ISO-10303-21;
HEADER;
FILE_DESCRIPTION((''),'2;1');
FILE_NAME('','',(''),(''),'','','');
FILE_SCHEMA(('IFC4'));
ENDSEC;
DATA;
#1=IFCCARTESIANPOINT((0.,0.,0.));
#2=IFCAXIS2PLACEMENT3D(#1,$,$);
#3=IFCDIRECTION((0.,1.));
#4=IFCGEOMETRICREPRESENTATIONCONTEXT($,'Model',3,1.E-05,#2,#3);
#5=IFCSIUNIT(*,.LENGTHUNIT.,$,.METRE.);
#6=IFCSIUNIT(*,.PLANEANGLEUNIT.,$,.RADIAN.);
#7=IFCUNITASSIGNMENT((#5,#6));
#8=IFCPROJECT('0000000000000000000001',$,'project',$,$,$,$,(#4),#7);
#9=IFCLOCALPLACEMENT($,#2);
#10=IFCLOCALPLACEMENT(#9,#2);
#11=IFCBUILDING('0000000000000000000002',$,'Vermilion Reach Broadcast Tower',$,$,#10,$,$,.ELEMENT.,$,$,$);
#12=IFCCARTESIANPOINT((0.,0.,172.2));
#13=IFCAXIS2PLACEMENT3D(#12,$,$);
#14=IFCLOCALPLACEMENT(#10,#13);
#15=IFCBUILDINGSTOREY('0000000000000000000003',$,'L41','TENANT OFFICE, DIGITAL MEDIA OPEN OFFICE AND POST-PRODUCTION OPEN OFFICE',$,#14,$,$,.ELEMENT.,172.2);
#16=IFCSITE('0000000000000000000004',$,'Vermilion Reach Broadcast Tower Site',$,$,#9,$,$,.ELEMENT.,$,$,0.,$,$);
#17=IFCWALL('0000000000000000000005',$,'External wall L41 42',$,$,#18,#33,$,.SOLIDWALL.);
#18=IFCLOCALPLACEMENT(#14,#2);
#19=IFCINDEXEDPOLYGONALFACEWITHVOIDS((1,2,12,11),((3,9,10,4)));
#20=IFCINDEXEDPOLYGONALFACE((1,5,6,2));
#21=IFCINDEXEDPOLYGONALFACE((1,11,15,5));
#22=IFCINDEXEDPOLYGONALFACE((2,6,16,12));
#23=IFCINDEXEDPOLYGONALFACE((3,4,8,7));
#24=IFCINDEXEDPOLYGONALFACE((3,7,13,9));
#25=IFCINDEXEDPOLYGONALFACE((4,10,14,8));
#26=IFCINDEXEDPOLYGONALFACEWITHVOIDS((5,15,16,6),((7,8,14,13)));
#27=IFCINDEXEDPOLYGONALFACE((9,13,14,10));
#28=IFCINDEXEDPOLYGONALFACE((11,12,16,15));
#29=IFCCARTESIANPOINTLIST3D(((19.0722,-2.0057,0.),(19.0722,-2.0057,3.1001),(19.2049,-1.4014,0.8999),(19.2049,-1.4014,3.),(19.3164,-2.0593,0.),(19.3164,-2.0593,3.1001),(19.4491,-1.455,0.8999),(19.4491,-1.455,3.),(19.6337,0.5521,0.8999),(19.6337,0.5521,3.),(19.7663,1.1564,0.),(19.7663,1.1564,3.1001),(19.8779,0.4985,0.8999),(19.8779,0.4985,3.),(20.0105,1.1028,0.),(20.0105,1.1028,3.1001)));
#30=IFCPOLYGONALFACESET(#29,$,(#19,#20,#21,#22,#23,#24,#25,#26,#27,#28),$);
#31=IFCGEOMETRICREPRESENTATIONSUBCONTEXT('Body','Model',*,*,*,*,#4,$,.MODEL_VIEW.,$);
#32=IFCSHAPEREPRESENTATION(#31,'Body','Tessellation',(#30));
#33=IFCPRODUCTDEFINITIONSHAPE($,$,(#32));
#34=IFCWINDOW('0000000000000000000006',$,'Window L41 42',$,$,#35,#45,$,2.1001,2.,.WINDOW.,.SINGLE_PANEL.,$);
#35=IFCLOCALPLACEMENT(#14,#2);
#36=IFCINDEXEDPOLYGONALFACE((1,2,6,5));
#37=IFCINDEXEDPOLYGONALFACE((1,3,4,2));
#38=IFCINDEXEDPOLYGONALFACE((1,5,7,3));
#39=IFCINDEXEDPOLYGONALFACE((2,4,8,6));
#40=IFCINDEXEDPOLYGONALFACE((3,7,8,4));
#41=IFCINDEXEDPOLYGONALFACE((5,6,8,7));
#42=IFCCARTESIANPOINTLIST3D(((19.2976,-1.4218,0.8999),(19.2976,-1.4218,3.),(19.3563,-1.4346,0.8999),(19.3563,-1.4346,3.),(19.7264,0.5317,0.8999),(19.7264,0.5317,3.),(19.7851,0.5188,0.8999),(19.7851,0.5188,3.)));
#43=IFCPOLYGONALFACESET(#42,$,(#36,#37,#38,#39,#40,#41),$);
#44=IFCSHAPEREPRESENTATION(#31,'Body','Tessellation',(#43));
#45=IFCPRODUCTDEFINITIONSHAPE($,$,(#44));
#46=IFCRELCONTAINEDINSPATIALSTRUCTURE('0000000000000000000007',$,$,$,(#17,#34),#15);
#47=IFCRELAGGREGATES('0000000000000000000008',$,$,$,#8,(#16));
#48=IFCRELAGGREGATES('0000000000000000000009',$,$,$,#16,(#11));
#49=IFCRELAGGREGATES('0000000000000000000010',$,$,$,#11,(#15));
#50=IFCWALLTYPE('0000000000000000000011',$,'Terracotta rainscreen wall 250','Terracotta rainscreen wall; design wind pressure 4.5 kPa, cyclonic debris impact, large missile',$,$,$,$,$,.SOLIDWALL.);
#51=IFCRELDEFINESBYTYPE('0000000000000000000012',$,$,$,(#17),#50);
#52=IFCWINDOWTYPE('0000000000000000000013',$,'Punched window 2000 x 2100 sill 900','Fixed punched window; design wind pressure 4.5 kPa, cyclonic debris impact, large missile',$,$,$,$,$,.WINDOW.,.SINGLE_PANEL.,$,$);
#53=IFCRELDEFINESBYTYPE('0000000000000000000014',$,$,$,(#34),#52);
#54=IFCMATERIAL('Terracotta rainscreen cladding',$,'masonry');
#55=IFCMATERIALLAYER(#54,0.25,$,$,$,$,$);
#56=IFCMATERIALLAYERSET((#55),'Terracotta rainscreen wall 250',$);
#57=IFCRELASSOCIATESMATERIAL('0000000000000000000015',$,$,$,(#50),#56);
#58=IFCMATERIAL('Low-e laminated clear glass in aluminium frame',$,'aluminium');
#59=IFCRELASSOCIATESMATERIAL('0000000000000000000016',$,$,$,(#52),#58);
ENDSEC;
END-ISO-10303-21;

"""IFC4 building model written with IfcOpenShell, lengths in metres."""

from ifc_helpers import new_model, si_unit, direction, frame, frame_2d, origin, place, context, subcontext, project, spatial, rectangle, extrude, material, layer, layer_set, type_object, element, fill, save


model = new_model("IFC4")

# Units and contexts
model_context = context("Model", 3, precision=1e-05, world=origin(), true_north=direction((0.0, 1.0)))
body_context = subcontext(model_context, "Body", "Model", "MODEL_VIEW")
ifc_project = project(units=[si_unit("LENGTHUNIT", "METRE"), si_unit("PLANEANGLEUNIT", "RADIAN")], contexts=[model_context])

# Site, building, storey
site_placement = place(None, origin())
site = spatial("IfcSite", under=ifc_project, at=site_placement, Name="Vermilion Reach Broadcast Tower Site", CompositionType="ELEMENT", RefElevation=0.0)
building_placement = place(site_placement, origin())
building = spatial("IfcBuilding", under=site, at=building_placement, Name="Vermilion Reach Broadcast Tower", CompositionType="ELEMENT")
storey_placement = place(building_placement, frame((0.0, 0.0, 172.2)))
storey = spatial("IfcBuildingStorey", under=building, at=storey_placement, Name="L41", Description="TENANT OFFICE, DIGITAL MEDIA OPEN OFFICE AND POST-PRODUCTION OPEN OFFICE", CompositionType="ELEMENT", Elevation=172.2)

# Shared definitions
ifc_material_1 = material(Name="Terracotta rainscreen cladding", Category="masonry")
ifc_layer_1 = layer(ifc_material_1, 0.25)
ifc_layer_set_1 = layer_set([ifc_layer_1], Name="Terracotta rainscreen wall 250")
wall_type_1 = type_object("IfcWallType", Name="Terracotta rainscreen wall 250", Description="Terracotta rainscreen wall; design wind pressure 4.5 kPa, cyclonic debris impact, large missile", PredefinedType="SOLIDWALL", material=ifc_layer_set_1)

# Wall, opening, window
ifc_material_2 = material(Name="Low-e laminated clear glass in aluminium frame", Category="aluminium")
window_type = type_object("IfcWindowType", Name="Punched window 2000 x 2100 sill 900", Description="Fixed punched window; design wind pressure 4.5 kPa, cyclonic debris impact, large missile", PartitioningType="SINGLE_PANEL", PredefinedType="WINDOW", material=ifc_material_2)
wall_1_placement = place(storey_placement, frame((19.1943, -2.0325, 0.0), z_axis=(0.0, 0.0, 1.0), x_axis=(0.214399, 0.976746, 0.0)))
wall_1 = element("IfcWall", 1, at=wall_1_placement, inside=storey, type_object=wall_type_1, Name="External wall L41 42", PredefinedType="SOLIDWALL", context=body_context, shape_type="SweptSolid", body=[
    extrude(rectangle(XDim=3.2373, YDim=0.25, at=frame_2d((1.6187, 0.0))), origin(), (0.0, 0.0, 1.0), 3.1001),
])
opening_1_placement = place(wall_1_placement, frame((0.6187, 0.0, 0.8999)))
opening_1 = element("IfcOpeningElement", 2, at=opening_1_placement, cuts=wall_1, PredefinedType="OPENING", context=body_context, shape_type="SweptSolid", body=[
    extrude(rectangle(XDim=2.0, YDim=2.1001, at=frame_2d((1.0, 1.05))), frame((0.0, 0.135, 0.0), z_axis=(0.0, -1.0, 0.0), x_axis=(1.0, 0.0, 0.0)), (0.0, 0.0, 1.0), 0.27),
])
window_1_placement = place(opening_1_placement, origin())
window_1 = element("IfcWindow", 3, at=window_1_placement, inside=storey, type_object=window_type, Name="Window L41 42", OverallHeight=2.1001, OverallWidth=2.0, PartitioningType="SINGLE_PANEL", PredefinedType="WINDOW", context=body_context, shape_type="SweptSolid", body=[
    extrude(rectangle(XDim=2.0, YDim=2.1001, at=frame_2d((1.0, 1.05))), frame((0.0, 0.03, 0.0), z_axis=(0.0, -1.0, 0.0), x_axis=(1.0, 0.0, 0.0)), (0.0, 0.0, 1.0), 0.0601),
])
fill(opening_1, window_1)

save(model, "model.ifc")
